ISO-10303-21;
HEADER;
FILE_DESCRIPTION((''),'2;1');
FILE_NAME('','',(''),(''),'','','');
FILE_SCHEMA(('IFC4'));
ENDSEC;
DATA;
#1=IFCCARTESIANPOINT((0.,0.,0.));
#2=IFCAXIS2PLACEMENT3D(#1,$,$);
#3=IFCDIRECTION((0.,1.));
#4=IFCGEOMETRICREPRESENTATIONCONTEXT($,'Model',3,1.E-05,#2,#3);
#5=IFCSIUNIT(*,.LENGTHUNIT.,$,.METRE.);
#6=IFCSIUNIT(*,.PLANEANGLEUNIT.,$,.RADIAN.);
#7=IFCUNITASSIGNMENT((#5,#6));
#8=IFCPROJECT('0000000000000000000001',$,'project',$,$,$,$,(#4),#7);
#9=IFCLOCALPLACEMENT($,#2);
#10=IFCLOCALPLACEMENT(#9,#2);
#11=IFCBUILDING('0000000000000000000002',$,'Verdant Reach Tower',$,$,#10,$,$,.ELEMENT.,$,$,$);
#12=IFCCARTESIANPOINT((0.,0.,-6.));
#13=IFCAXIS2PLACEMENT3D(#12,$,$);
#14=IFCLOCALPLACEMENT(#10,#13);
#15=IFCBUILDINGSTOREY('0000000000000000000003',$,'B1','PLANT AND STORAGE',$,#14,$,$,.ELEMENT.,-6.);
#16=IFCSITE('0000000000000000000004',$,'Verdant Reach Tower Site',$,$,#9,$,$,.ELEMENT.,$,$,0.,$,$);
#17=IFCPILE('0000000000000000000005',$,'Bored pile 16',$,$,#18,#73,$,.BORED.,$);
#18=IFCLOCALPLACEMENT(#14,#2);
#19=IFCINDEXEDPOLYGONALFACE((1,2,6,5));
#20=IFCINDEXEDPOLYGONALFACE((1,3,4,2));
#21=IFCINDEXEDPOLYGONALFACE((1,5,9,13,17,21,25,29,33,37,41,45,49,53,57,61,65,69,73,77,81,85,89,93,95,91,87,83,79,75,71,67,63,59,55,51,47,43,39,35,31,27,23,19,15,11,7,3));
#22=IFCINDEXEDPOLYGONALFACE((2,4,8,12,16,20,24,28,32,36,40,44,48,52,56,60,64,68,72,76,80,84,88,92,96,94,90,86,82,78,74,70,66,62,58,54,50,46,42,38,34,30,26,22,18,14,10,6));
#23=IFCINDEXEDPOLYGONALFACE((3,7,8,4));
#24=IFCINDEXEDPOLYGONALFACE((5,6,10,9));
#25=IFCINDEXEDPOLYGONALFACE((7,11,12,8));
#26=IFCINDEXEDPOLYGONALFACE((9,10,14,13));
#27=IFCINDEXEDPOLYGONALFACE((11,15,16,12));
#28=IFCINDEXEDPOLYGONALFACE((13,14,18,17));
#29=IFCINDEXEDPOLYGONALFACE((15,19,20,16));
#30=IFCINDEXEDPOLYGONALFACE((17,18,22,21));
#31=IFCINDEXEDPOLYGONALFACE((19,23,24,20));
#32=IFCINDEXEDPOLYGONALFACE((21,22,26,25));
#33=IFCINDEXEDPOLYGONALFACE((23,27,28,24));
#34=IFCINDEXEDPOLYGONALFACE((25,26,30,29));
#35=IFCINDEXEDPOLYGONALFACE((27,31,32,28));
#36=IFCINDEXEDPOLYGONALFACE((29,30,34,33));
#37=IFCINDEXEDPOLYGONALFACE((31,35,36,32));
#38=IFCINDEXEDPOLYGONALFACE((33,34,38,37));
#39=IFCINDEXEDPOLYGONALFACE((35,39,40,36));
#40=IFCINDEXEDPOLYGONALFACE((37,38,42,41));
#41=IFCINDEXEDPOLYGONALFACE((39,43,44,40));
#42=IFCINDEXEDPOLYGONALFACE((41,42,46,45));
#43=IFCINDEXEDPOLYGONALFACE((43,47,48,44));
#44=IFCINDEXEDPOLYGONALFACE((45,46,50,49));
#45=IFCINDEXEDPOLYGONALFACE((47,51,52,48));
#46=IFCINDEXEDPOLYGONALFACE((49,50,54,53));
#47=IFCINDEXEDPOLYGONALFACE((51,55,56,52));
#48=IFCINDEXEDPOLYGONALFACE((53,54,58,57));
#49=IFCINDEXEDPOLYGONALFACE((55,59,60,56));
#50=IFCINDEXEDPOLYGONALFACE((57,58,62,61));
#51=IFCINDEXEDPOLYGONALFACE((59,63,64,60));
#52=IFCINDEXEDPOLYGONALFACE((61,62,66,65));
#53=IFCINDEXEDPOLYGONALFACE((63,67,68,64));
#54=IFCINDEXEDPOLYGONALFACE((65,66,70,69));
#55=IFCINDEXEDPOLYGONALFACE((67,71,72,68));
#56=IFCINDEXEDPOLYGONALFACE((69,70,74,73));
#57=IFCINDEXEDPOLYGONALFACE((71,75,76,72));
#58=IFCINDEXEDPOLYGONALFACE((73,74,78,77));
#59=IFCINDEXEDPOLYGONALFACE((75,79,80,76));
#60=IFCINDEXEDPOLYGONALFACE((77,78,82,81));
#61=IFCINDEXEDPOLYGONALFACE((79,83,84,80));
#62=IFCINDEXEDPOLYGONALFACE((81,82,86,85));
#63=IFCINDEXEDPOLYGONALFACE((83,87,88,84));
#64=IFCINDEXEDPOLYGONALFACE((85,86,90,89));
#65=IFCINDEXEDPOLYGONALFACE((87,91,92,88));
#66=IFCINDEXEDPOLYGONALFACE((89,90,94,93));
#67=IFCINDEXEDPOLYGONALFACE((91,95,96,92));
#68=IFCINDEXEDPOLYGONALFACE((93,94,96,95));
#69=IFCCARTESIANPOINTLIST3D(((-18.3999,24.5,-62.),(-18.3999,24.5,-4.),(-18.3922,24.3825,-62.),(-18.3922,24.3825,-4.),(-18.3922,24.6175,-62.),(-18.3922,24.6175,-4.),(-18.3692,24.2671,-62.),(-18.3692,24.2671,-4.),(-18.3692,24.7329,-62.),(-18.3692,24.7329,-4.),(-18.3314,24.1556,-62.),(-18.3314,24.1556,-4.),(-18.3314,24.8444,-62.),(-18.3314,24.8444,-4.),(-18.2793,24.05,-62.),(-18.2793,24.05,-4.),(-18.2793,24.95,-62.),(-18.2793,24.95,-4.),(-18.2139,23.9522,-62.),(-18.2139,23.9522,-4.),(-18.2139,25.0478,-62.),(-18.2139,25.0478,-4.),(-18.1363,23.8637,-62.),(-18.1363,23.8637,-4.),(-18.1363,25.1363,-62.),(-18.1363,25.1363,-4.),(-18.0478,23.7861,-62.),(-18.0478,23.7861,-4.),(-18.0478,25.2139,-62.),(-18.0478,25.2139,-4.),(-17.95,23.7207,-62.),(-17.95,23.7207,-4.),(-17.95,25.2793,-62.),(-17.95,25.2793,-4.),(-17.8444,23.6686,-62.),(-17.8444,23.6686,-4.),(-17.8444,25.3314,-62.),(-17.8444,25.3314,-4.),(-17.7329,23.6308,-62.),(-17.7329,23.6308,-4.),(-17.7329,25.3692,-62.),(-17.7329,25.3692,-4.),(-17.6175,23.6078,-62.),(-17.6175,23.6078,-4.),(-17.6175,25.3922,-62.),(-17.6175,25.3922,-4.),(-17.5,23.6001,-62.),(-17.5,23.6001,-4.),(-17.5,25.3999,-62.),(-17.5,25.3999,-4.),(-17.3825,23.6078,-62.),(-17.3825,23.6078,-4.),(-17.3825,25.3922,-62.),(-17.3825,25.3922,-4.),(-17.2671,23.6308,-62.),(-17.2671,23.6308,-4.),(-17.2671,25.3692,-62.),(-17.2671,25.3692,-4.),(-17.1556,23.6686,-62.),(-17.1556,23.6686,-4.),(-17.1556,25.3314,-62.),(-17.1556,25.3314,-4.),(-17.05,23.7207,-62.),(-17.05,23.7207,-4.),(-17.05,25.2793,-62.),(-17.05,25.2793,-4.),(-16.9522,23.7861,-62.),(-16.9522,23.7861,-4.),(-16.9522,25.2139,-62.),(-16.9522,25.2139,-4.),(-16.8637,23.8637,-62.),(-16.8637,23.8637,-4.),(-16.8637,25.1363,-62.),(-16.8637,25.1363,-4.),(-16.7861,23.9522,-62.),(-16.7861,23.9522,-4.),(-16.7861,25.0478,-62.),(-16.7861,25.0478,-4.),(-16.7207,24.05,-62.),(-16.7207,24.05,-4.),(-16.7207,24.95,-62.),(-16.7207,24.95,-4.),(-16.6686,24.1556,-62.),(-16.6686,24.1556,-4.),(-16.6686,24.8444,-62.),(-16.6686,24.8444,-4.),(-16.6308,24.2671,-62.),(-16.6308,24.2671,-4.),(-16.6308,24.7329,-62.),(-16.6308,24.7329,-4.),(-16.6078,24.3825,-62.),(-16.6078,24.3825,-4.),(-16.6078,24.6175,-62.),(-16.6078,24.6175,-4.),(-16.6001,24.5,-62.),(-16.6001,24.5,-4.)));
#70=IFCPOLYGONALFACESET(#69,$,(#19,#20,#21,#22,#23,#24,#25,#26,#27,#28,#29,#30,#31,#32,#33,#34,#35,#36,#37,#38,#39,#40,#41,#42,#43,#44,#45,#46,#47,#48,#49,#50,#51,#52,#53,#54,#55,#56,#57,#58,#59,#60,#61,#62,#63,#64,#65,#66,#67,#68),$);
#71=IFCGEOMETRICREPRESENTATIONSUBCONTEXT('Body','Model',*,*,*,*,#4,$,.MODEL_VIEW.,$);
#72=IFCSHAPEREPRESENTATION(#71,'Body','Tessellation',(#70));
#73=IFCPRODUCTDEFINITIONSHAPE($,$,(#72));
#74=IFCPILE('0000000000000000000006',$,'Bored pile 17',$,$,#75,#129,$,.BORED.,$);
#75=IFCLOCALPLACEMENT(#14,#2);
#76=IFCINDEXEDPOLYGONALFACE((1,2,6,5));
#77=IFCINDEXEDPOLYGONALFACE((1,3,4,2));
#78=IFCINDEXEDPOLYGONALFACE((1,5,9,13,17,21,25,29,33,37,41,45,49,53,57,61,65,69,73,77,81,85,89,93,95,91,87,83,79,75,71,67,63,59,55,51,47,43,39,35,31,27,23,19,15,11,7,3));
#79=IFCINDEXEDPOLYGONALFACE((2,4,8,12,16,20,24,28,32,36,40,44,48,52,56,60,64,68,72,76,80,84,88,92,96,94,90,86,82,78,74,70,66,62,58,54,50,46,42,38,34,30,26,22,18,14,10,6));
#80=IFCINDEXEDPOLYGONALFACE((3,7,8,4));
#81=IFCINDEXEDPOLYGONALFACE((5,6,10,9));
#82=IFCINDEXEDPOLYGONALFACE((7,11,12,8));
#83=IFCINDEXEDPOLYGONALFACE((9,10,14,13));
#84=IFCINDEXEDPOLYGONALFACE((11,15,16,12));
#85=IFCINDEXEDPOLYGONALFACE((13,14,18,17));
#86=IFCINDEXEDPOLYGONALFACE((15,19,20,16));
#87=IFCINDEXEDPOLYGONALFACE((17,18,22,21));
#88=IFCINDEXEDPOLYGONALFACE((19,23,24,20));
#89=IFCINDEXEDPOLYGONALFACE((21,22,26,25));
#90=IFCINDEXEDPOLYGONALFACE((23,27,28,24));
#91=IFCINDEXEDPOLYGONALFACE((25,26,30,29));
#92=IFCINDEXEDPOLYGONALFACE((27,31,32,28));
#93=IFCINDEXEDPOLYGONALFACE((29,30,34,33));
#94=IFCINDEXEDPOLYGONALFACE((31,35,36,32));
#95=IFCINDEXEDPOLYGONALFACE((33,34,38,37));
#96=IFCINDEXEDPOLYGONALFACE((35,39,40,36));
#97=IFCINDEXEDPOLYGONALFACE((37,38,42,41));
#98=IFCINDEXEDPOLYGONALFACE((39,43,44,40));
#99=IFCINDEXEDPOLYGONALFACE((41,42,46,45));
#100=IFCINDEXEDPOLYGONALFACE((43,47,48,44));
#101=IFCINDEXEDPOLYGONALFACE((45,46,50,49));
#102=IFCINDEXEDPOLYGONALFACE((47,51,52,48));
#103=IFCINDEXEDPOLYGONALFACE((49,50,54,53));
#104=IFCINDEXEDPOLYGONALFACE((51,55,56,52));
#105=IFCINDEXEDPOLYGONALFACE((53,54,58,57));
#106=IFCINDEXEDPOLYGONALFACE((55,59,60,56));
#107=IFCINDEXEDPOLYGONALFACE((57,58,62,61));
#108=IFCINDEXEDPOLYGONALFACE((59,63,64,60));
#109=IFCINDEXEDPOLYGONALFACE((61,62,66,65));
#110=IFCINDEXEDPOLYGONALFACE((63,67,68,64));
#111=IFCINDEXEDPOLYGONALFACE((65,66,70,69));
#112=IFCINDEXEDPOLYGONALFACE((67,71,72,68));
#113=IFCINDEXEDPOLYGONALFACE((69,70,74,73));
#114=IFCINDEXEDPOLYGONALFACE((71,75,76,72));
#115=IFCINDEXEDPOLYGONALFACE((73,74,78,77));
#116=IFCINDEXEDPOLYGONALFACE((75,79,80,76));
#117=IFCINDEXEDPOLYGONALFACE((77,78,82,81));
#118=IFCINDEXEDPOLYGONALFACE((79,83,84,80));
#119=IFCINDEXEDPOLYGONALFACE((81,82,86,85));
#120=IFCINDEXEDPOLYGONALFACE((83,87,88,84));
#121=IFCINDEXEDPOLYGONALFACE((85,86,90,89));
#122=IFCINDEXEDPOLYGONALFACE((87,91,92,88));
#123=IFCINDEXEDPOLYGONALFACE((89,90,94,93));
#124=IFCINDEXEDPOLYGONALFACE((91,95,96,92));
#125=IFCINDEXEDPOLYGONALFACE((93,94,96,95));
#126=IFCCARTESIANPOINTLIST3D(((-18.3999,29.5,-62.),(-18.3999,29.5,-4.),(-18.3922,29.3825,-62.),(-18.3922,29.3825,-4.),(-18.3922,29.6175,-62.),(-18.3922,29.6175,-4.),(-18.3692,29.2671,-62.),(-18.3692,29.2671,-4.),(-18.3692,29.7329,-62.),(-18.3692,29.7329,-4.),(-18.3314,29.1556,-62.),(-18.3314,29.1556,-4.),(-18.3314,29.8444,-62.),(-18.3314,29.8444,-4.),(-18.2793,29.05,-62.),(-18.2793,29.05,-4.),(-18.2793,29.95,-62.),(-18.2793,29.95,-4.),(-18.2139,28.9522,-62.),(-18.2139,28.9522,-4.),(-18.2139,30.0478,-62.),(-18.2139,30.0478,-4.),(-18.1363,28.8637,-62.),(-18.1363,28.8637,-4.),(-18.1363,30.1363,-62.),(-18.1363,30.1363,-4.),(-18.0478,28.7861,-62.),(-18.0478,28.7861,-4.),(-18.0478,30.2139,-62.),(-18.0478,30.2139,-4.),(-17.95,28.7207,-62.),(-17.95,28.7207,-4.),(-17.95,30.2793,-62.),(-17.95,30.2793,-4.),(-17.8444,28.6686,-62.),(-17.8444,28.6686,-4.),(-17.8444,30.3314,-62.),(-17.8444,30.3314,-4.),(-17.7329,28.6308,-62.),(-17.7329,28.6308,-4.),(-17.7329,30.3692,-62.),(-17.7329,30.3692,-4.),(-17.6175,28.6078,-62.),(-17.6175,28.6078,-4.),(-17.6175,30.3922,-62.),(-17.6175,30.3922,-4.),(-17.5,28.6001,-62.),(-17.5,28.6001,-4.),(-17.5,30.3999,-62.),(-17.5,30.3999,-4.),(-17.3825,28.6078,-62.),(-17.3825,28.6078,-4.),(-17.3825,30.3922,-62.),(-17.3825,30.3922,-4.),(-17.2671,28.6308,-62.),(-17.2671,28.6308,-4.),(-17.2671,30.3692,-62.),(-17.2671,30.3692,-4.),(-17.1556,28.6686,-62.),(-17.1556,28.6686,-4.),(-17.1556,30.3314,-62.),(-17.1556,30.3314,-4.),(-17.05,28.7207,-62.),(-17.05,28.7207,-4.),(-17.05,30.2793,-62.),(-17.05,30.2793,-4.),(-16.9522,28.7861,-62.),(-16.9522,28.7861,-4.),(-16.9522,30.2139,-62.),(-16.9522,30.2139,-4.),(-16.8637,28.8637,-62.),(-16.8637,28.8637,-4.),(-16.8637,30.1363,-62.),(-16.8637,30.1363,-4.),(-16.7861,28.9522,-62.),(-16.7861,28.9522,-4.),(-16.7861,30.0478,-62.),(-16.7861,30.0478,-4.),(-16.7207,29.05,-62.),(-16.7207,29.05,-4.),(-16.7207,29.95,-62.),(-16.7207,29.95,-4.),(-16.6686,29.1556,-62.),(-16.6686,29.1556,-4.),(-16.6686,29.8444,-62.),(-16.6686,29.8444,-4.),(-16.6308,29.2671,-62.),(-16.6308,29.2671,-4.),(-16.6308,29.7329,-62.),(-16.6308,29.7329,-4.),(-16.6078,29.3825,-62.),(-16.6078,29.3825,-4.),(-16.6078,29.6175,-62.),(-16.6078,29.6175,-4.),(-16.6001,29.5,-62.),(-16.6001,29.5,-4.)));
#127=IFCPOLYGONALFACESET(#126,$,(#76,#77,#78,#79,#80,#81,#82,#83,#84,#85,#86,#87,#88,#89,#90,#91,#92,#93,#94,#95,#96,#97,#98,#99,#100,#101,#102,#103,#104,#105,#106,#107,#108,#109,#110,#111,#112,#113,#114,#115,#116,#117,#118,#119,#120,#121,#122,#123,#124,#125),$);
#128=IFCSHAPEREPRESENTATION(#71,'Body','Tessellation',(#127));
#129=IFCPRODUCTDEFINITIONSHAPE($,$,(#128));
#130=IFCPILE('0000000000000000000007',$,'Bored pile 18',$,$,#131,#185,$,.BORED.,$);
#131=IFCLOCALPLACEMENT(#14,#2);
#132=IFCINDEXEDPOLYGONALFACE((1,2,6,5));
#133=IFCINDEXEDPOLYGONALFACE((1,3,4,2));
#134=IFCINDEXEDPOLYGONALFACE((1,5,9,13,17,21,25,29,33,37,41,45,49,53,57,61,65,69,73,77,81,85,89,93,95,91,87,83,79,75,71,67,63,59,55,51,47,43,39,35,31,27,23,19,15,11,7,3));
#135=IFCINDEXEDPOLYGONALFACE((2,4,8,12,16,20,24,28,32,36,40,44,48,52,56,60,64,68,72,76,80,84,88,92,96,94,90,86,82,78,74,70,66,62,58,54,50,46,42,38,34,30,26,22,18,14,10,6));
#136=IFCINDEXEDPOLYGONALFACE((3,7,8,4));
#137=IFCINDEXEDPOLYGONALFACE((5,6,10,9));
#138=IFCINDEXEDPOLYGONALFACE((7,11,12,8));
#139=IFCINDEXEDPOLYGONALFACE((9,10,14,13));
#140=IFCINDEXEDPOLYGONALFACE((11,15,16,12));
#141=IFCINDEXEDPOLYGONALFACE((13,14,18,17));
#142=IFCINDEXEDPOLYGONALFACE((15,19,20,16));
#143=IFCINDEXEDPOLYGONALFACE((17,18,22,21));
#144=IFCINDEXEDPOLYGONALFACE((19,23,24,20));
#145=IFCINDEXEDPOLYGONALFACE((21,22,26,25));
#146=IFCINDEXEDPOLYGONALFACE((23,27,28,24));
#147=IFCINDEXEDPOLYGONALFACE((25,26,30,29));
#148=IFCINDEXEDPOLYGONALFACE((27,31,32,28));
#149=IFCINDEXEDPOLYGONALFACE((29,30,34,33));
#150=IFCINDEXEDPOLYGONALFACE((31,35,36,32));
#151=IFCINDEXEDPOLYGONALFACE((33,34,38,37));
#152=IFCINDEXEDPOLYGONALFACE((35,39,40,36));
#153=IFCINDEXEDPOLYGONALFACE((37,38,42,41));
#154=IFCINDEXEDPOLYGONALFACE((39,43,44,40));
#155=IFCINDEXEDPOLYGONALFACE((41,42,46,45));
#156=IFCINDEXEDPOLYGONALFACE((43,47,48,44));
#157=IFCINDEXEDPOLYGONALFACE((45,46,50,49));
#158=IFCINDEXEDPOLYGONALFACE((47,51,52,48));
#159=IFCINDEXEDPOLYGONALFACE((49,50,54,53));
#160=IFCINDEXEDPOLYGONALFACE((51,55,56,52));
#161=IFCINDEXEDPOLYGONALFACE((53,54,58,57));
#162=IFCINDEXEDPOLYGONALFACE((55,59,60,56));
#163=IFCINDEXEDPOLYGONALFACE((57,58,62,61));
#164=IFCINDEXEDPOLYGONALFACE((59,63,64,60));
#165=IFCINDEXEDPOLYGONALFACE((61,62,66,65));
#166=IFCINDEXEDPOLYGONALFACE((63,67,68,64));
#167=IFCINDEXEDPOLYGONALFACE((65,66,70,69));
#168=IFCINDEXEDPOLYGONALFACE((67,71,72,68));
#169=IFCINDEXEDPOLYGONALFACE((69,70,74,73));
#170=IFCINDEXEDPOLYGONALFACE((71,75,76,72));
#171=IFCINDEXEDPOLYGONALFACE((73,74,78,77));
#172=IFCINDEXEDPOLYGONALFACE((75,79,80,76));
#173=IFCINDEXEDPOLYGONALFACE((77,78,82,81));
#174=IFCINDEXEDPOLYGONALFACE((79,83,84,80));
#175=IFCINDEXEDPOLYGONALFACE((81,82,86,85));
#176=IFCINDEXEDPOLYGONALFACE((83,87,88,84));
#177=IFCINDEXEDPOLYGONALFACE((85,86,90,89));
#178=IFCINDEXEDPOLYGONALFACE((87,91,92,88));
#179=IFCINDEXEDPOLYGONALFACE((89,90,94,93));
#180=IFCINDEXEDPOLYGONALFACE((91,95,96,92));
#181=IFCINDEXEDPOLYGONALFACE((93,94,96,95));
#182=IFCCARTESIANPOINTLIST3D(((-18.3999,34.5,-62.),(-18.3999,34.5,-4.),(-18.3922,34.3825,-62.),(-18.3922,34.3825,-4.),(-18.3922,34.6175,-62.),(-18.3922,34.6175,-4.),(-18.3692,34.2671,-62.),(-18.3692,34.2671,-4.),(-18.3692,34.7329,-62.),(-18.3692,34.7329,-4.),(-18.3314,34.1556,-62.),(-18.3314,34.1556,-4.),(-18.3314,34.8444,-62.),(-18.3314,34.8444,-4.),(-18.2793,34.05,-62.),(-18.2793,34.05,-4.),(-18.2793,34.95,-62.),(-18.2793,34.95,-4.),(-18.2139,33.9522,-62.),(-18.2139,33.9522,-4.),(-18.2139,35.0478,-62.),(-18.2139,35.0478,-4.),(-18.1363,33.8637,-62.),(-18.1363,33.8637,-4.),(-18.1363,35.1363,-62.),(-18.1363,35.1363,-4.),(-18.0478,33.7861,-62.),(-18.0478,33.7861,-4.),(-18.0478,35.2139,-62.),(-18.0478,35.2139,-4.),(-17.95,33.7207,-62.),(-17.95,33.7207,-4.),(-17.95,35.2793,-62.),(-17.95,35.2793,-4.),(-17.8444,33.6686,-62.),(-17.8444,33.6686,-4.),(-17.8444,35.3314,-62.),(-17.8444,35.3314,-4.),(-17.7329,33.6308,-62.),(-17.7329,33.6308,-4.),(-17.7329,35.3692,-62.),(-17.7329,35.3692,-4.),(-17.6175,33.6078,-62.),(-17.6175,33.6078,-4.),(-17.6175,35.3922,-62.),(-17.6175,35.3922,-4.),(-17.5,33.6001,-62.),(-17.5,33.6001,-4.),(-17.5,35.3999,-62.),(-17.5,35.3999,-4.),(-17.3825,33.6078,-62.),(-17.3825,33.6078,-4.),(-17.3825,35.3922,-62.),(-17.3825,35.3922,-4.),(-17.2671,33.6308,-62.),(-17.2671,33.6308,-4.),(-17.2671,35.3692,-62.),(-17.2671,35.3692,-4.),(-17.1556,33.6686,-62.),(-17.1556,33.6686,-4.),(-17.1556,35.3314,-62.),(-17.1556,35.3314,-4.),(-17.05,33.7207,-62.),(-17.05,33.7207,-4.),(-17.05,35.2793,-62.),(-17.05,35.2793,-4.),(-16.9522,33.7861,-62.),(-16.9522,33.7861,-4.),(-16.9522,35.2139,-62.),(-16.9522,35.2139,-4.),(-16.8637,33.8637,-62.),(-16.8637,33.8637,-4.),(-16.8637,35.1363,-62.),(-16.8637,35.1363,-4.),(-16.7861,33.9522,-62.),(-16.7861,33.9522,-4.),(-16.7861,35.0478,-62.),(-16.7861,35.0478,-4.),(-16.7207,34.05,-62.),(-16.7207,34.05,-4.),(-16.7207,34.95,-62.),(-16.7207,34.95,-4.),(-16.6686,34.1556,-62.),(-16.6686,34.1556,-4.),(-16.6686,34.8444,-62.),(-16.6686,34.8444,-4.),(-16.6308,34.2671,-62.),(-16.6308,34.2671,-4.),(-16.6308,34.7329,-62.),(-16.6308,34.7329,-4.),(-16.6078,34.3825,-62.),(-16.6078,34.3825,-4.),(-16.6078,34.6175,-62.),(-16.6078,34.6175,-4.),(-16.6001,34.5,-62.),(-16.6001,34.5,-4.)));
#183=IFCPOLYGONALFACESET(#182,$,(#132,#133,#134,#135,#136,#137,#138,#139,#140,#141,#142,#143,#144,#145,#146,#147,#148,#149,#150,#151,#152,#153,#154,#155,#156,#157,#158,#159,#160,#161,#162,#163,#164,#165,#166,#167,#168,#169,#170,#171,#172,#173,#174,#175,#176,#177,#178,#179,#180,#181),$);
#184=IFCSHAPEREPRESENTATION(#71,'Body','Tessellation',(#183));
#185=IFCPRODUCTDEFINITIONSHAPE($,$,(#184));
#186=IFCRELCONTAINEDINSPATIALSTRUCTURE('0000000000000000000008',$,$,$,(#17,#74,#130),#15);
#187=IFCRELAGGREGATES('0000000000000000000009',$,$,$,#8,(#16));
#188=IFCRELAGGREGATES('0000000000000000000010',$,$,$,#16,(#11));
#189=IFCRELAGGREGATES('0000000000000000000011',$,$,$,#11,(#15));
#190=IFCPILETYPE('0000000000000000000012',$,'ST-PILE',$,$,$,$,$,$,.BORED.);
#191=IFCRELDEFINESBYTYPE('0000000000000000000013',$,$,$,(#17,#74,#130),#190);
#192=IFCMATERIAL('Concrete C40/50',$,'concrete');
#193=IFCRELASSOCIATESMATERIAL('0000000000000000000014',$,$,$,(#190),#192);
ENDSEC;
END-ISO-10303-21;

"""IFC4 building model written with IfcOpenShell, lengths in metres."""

from ifc_helpers import new_model, si_unit, direction, frame, origin, origin_2d, place, context, subcontext, project, spatial, circle, extrude, material, material_profile, profile_set, type_object, element, save


model = new_model("IFC4")

# Units and contexts
model_context = context("Model", 3, precision=1e-05, world=origin(), true_north=direction((0.0, 1.0)))
body_context = subcontext(model_context, "Body", "Model", "MODEL_VIEW")
ifc_project = project(units=[si_unit("LENGTHUNIT", "METRE"), si_unit("PLANEANGLEUNIT", "RADIAN")], contexts=[model_context])

# Site, building, storey
site_placement = place(None, origin())
site = spatial("IfcSite", under=ifc_project, at=site_placement, Name="Verdant Reach Tower Site", CompositionType="ELEMENT", RefElevation=0.0)
building_placement = place(site_placement, origin())
building = spatial("IfcBuilding", under=site, at=building_placement, Name="Verdant Reach Tower", CompositionType="ELEMENT")
storey_placement = place(building_placement, frame((0.0, 0.0, -6.0)))
storey = spatial("IfcBuildingStorey", under=building, at=storey_placement, Name="B1", Description="PLANT AND STORAGE", CompositionType="ELEMENT", Elevation=-6.0)

# Piles
ifc_material_1 = material(Name="Concrete C40/50", Category="concrete")
ifc_material_profile_1 = material_profile(ifc_material_1, circle(Radius=0.8999, at=origin_2d()), Name="BP 1800")
ifc_profile_set_1 = profile_set([ifc_material_profile_1], Name="Concrete C40/50")
pile_type = type_object("IfcPileType", Name="ST-PILE", PredefinedType="BORED", material=ifc_profile_set_1)
for number, where, z_axis, x_axis, name in (
    (1, (-17.5, 24.5, -4.0), (0.0, 0.0, -1.0), (1.0, 0.0, 0.0), "Bored pile 16"),
    (2, (-17.5, 29.5, -4.0), (0.0, 0.0, -1.0), (1.0, 0.0, 0.0), "Bored pile 17"),
    (3, (-17.5, 34.5, -4.0), (0.0, 0.0, -1.0), (1.0, 0.0, 0.0), "Bored pile 18"),
):
    element("IfcPile", number, at=place(storey_placement, frame(where, z_axis=z_axis, x_axis=x_axis)), inside=storey, type_object=pile_type, Name=name, PredefinedType="BORED", context=body_context, shape_type="SweptSolid", body=[
        extrude(circle(Radius=0.8999, at=origin_2d()), origin(), (0.0, 0.0, 1.0), 58.0),
    ])

save(model, "model.ifc")
